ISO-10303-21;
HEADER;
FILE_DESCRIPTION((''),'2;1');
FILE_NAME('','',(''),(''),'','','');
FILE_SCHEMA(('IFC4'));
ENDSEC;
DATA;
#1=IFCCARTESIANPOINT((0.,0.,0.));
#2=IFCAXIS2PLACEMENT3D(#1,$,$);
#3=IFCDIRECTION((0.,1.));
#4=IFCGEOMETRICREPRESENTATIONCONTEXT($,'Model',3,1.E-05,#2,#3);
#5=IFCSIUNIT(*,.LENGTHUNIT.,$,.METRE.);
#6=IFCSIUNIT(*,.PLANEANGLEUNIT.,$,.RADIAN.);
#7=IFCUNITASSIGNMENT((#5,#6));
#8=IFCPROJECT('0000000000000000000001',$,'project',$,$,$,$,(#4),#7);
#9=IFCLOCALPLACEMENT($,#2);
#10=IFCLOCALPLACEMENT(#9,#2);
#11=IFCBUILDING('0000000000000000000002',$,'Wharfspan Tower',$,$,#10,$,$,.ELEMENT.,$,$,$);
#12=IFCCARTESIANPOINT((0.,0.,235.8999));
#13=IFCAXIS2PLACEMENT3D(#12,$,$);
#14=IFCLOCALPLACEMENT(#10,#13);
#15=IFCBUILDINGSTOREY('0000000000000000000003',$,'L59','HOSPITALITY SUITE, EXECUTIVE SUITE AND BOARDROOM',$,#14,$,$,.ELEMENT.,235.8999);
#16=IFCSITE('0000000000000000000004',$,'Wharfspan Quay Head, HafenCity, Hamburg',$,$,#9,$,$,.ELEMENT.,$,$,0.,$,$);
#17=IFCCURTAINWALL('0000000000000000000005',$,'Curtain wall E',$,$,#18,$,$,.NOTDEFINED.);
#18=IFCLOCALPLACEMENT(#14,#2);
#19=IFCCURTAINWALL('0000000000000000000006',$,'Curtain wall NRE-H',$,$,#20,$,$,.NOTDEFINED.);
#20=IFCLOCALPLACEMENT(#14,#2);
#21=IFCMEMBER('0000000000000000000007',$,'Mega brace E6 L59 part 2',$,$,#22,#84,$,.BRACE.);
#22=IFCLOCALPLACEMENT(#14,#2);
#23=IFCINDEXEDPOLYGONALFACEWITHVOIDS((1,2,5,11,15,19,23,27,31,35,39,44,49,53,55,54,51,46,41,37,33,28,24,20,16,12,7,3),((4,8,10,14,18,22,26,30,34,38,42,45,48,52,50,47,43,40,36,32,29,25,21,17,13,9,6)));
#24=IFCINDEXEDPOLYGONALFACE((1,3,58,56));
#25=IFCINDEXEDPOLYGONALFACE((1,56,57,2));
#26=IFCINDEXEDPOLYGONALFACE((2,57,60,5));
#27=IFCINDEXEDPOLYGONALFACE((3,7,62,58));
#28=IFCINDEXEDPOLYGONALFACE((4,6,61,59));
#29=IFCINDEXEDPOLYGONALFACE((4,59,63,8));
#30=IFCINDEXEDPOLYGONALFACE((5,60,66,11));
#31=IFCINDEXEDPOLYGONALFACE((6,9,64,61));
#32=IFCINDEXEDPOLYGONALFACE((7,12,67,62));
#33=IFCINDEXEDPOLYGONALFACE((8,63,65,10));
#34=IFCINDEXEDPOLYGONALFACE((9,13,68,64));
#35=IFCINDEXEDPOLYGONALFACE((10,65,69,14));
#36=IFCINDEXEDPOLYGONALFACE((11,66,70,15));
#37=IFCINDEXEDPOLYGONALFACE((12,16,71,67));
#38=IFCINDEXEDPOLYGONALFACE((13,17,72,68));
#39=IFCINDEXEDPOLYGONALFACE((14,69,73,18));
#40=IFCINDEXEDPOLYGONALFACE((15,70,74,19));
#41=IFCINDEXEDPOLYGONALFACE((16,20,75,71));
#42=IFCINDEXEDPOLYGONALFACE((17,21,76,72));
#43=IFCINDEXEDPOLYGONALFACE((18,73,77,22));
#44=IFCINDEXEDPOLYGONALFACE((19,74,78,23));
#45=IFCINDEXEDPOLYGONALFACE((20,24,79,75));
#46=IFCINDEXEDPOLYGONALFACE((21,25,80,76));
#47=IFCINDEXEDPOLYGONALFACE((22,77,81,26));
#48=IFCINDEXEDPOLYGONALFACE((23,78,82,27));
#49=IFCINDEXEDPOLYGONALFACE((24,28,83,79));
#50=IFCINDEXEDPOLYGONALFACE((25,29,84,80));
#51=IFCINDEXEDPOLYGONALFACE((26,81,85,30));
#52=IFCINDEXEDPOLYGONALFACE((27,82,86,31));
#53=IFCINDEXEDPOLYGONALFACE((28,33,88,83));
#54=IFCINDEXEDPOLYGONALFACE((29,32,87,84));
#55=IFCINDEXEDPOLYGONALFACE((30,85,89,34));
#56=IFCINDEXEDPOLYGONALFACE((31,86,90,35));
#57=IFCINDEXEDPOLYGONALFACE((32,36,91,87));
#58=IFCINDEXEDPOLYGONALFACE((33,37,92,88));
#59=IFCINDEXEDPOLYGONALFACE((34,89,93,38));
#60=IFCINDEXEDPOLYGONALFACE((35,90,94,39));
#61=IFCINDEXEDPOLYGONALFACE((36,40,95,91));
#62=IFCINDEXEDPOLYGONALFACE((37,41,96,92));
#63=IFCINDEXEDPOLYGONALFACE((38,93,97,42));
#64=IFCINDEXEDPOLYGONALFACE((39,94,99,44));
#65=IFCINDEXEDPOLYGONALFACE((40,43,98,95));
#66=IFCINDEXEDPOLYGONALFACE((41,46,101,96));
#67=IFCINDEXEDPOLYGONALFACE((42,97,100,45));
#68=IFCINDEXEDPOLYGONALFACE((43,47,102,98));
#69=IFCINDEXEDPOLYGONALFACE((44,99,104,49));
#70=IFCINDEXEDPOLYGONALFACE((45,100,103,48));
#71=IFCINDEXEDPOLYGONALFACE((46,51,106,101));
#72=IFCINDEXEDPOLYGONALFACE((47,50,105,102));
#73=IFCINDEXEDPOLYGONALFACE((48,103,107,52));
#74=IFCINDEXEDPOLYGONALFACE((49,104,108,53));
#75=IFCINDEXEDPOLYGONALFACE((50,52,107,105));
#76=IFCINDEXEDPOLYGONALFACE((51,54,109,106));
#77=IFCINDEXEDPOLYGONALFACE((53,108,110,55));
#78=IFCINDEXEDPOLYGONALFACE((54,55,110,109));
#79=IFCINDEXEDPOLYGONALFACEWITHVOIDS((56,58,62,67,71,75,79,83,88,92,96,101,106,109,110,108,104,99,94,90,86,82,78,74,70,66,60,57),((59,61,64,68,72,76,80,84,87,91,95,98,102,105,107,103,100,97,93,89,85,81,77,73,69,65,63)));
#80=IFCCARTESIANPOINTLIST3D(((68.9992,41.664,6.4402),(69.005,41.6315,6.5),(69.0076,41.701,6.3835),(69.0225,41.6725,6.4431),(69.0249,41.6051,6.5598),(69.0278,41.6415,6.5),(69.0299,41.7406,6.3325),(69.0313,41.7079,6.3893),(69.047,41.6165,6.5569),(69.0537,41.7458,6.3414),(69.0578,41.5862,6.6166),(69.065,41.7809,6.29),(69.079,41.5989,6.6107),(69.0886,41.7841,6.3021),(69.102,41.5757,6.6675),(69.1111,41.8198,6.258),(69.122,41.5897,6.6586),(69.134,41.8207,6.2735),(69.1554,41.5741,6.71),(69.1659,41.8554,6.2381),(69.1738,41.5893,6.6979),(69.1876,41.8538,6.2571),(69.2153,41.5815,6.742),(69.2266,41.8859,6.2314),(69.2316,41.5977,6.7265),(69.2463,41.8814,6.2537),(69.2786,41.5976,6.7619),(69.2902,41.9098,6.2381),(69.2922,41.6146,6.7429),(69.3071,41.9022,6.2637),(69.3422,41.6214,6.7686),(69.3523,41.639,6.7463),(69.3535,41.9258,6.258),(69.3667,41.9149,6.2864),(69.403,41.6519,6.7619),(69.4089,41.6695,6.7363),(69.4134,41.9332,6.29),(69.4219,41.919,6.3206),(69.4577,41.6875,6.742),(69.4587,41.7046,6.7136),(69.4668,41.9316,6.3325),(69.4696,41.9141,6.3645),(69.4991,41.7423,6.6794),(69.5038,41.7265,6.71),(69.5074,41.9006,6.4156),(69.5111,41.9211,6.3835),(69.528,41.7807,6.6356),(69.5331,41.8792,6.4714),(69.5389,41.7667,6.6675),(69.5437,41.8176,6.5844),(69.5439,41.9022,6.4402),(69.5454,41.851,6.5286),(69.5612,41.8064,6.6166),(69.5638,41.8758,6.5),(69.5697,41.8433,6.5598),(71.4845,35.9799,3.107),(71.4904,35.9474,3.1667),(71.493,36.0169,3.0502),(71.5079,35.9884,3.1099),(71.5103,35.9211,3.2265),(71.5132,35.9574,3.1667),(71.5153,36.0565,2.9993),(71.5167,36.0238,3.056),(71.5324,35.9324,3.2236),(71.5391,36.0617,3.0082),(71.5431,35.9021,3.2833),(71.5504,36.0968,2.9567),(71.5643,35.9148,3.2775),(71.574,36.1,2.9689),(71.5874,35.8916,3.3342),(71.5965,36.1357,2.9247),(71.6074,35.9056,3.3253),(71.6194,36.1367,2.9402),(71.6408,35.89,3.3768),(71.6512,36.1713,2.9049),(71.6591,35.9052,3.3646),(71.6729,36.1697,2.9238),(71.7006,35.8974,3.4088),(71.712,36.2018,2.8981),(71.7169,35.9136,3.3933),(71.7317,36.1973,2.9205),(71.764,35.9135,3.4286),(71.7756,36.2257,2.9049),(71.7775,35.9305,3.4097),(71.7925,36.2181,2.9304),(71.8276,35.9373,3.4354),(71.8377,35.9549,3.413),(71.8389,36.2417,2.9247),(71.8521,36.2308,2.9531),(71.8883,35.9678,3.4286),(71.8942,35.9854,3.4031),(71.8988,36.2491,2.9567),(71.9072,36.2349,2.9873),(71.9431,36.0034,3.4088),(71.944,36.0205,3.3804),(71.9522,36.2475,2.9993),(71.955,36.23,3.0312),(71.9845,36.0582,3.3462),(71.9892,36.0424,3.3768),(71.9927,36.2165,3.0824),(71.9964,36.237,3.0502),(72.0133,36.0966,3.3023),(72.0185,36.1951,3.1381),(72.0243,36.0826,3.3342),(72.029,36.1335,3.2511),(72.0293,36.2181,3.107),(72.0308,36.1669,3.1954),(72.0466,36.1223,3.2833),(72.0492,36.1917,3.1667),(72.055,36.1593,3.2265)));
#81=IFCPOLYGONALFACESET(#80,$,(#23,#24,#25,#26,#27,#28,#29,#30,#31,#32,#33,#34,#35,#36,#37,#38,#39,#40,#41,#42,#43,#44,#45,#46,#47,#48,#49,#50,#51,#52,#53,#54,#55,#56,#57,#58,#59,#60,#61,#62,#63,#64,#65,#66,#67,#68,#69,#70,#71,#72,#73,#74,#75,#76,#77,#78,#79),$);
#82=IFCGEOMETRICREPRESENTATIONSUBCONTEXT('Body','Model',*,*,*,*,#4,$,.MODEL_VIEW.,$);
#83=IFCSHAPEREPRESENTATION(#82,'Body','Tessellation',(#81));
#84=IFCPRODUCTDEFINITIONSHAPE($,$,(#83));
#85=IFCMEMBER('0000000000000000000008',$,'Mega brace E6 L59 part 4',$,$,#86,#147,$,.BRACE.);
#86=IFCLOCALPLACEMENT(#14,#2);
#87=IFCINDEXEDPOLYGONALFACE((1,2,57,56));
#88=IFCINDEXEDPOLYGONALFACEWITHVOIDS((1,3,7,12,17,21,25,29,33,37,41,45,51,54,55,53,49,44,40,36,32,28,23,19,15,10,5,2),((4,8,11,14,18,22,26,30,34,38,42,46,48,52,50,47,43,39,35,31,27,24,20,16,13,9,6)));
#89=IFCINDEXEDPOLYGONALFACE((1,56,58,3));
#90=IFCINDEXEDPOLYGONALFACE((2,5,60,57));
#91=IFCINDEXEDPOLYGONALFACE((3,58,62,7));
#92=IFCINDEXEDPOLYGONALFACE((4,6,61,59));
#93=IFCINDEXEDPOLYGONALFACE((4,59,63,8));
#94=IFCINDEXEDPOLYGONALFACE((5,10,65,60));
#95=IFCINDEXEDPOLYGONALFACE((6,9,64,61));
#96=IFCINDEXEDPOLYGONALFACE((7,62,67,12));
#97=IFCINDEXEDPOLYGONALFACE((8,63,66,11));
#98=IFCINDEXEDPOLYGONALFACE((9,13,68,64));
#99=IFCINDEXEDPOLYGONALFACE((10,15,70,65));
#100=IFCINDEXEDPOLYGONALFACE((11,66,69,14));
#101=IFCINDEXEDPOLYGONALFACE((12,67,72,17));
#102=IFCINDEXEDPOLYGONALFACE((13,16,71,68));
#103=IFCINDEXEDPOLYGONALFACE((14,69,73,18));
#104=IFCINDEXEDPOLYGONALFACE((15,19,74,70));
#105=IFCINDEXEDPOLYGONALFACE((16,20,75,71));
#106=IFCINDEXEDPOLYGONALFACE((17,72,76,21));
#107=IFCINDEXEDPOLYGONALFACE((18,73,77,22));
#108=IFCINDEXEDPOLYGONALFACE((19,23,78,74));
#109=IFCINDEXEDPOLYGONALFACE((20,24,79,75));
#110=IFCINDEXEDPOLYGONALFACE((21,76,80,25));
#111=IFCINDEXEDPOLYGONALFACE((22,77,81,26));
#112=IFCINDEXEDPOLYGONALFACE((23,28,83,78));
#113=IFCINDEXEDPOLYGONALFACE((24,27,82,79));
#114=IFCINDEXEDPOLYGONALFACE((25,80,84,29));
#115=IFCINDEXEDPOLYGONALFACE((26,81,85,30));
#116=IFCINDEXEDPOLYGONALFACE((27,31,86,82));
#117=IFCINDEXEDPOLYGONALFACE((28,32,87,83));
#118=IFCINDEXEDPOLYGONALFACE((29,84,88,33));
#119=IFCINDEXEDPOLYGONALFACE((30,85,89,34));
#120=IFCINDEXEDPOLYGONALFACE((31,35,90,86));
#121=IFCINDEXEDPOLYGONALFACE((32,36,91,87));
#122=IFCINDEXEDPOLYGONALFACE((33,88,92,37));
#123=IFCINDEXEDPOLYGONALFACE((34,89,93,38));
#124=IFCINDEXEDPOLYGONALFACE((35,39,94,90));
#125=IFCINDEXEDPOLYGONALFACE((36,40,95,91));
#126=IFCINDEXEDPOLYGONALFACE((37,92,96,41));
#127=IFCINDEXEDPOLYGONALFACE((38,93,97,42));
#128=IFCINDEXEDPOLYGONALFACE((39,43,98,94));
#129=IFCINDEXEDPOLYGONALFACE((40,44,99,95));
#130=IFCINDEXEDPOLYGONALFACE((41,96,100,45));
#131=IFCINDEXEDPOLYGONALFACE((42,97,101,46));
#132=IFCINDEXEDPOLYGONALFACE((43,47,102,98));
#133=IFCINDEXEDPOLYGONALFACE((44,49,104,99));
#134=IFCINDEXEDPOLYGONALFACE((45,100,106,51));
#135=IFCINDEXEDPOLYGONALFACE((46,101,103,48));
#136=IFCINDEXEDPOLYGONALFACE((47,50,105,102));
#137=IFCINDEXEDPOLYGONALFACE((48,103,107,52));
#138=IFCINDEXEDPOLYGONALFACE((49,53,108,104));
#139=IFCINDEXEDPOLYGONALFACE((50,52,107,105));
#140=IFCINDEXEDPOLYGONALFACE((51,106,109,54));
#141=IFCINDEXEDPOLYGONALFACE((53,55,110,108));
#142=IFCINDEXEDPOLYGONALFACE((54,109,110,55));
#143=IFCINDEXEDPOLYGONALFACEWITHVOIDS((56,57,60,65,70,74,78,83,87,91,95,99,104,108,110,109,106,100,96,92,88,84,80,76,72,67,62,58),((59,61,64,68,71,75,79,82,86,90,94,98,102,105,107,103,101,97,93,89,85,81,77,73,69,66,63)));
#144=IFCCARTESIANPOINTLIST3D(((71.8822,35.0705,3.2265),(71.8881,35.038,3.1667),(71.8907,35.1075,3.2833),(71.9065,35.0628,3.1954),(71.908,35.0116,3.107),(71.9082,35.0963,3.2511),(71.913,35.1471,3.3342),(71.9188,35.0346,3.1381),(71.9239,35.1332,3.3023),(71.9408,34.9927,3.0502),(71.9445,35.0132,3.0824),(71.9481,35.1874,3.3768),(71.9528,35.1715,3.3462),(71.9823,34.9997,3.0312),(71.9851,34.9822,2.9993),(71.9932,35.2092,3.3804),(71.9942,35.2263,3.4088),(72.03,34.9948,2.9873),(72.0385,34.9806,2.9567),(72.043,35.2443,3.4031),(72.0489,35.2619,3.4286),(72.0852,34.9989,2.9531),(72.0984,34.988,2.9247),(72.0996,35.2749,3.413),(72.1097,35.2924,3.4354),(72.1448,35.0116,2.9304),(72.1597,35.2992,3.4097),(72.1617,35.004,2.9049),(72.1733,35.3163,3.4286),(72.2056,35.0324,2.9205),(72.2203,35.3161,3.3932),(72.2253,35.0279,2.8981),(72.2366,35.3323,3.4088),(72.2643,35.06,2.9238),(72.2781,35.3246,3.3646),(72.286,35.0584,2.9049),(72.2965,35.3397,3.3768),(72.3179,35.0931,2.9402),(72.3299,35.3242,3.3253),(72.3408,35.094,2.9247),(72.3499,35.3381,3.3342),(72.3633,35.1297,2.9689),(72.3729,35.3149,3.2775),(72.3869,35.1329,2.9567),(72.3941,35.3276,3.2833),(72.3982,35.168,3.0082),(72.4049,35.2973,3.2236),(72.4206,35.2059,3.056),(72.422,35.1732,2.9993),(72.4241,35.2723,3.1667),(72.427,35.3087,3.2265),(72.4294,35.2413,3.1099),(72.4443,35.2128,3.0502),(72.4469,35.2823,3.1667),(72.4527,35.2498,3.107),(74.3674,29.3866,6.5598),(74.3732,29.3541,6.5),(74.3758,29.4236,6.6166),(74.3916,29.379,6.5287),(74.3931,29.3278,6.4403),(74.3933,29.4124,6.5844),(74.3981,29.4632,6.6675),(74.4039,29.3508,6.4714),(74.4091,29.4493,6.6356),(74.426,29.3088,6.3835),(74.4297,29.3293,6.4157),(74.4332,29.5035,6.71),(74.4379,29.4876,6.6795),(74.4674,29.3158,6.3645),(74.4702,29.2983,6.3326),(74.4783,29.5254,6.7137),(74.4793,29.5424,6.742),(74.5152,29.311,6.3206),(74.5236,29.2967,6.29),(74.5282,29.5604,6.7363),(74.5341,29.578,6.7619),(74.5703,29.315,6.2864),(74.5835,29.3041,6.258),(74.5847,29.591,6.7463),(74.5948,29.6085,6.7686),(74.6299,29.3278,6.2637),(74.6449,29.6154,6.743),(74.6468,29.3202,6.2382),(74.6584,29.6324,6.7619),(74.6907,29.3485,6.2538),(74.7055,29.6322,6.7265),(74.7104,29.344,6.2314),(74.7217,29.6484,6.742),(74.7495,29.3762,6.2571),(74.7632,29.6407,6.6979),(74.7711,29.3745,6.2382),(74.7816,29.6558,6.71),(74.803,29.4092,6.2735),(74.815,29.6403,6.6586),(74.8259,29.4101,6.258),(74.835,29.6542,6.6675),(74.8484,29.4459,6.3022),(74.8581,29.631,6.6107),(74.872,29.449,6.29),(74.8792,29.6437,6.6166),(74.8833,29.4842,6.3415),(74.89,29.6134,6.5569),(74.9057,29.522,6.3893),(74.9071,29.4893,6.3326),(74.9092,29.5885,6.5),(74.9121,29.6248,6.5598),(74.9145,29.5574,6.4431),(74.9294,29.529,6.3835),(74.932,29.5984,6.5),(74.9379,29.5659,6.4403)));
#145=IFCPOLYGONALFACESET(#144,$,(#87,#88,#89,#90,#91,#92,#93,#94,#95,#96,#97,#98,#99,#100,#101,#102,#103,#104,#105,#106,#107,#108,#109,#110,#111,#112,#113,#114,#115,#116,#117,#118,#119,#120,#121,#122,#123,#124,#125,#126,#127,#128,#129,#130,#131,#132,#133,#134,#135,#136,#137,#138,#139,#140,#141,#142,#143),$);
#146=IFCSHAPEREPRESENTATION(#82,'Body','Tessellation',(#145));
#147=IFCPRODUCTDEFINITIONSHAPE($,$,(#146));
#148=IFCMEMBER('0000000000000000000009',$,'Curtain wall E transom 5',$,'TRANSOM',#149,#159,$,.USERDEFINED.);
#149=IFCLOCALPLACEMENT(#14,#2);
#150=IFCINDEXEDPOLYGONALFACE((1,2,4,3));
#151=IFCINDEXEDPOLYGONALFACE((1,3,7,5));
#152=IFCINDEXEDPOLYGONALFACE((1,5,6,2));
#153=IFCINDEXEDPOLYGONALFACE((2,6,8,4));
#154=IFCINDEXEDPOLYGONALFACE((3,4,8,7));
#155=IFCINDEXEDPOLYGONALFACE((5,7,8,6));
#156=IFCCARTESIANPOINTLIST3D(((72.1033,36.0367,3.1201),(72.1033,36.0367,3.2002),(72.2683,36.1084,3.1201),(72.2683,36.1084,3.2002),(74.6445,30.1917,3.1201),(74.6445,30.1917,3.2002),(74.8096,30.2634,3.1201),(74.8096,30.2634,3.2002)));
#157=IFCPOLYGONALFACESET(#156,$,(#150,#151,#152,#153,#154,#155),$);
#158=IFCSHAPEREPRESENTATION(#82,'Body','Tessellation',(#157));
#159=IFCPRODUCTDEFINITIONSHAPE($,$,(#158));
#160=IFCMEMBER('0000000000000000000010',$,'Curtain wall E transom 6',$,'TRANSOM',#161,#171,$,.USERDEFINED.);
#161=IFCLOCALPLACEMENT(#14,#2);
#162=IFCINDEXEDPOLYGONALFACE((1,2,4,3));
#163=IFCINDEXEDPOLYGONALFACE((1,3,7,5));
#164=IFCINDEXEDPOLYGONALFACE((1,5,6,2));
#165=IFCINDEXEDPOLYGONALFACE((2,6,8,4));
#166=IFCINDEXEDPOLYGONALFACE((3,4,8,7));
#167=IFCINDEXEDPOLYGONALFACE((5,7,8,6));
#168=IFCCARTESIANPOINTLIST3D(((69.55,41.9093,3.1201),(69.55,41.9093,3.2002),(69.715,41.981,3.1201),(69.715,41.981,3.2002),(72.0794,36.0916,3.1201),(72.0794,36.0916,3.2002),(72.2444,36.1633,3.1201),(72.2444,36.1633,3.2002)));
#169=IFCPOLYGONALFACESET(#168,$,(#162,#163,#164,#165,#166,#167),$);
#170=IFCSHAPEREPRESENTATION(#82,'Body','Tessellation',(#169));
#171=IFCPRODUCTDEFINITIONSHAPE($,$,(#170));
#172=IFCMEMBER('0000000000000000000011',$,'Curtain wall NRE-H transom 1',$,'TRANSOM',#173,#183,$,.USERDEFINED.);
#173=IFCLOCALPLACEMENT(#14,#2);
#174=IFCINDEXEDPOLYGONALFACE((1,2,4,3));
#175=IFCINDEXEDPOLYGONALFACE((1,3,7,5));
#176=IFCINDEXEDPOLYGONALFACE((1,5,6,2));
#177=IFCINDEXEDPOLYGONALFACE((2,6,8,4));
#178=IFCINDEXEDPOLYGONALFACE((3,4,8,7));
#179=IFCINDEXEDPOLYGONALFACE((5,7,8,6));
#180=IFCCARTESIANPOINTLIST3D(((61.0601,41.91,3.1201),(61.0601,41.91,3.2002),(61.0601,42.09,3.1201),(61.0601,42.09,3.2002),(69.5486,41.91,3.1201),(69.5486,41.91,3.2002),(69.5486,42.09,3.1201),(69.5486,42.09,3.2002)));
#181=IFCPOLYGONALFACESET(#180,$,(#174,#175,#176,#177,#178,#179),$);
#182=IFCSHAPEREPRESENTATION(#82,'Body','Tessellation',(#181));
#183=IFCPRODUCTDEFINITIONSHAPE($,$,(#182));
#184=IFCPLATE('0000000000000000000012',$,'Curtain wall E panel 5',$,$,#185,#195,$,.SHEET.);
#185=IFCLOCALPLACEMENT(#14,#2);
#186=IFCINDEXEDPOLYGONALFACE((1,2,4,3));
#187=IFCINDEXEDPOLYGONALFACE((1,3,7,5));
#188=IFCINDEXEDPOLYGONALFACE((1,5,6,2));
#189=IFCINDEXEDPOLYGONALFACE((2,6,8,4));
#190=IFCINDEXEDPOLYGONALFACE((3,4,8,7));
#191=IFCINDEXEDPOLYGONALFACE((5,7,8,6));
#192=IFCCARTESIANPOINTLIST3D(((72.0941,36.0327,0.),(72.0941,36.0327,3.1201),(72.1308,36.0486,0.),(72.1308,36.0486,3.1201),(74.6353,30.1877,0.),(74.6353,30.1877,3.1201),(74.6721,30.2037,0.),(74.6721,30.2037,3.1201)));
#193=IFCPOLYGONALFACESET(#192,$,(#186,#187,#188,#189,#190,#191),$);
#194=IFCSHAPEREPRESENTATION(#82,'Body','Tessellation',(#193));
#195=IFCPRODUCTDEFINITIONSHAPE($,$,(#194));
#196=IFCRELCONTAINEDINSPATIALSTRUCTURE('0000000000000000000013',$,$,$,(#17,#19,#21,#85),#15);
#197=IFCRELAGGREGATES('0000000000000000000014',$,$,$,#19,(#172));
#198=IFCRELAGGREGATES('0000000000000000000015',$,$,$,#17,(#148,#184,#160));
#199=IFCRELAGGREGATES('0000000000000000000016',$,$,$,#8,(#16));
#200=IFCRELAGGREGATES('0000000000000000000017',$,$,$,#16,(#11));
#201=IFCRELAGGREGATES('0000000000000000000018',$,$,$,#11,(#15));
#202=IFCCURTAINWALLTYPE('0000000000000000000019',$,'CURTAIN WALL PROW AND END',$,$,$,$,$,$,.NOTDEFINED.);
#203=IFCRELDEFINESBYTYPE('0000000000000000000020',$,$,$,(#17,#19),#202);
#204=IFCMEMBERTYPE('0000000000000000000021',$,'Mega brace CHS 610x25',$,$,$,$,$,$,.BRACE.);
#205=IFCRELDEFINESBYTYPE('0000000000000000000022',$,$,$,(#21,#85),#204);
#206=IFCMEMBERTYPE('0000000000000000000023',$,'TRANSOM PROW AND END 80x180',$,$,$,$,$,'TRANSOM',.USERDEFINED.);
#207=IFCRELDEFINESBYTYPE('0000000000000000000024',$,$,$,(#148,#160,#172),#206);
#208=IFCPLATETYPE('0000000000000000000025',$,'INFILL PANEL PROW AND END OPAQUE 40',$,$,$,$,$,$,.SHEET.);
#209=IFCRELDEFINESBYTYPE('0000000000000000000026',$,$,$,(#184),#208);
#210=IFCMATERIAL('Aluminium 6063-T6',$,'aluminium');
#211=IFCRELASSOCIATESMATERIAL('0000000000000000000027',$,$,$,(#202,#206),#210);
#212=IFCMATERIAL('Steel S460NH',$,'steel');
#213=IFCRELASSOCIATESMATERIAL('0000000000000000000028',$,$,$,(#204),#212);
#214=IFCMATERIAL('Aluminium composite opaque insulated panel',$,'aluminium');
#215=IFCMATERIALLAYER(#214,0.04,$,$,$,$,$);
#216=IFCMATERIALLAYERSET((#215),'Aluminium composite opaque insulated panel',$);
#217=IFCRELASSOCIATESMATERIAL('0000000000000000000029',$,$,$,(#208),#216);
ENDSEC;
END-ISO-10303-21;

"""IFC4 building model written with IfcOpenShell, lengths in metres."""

from ifc_helpers import new_model, si_unit, direction, frame, origin, origin_2d, place, context, subcontext, project, spatial, rectangle, hollow_circle, extrude, material, layer, layer_set, material_profile, profile_set, type_object, element, aggregate, save


model = new_model("IFC4")

# Units and contexts
model_context = context("Model", 3, precision=1e-05, world=origin(), true_north=direction((0.0, 1.0)))
body_context = subcontext(model_context, "Body", "Model", "MODEL_VIEW")
ifc_project = project(units=[si_unit("LENGTHUNIT", "METRE"), si_unit("PLANEANGLEUNIT", "RADIAN")], contexts=[model_context])

# Site, building, storey
site_placement = place(None, origin())
site = spatial("IfcSite", under=ifc_project, at=site_placement, Name="Wharfspan Quay Head, HafenCity, Hamburg", CompositionType="ELEMENT", RefElevation=0.0)
building_placement = place(site_placement, origin())
building = spatial("IfcBuilding", under=site, at=building_placement, Name="Wharfspan Tower", CompositionType="ELEMENT")
storey_placement = place(building_placement, frame((0.0, 0.0, 235.8999)))
storey = spatial("IfcBuildingStorey", under=building, at=storey_placement, Name="L59", Description="HOSPITALITY SUITE, EXECUTIVE SUITE AND BOARDROOM", CompositionType="ELEMENT", Elevation=235.8999)

# Curtain wall
ifc_material_1 = material(Name="Aluminium 6063-T6", Category="aluminium")
curtain_wall_type = type_object("IfcCurtainWallType", Name="CURTAIN WALL PROW AND END", PredefinedType="NOTDEFINED", material=ifc_material_1)
curtain_wall_1_placement = place(storey_placement, origin())
curtain_wall_1 = element("IfcCurtainWall", 1, at=curtain_wall_1_placement, inside=storey, type_object=curtain_wall_type, Name="Curtain wall E", PredefinedType="NOTDEFINED")

# Curtain wall
curtain_wall_2_placement = place(storey_placement, origin())
curtain_wall_2 = element("IfcCurtainWall", 2, at=curtain_wall_2_placement, inside=storey, type_object=curtain_wall_type, Name="Curtain wall NRE-H", PredefinedType="NOTDEFINED")

# Members
ifc_material_2 = material(Name="Steel S460NH", Category="steel")
ifc_material_profile_1 = material_profile(ifc_material_2, hollow_circle(Radius=0.3049, WallThickness=0.0249, at=origin_2d()))
ifc_profile_set_1 = profile_set([ifc_material_profile_1], Name="Steel S460NH")
member_type_1 = type_object("IfcMemberType", Name="Mega brace CHS 610x25", PredefinedType="BRACE", material=ifc_profile_set_1)
member_1_placement = place(storey_placement, frame((71.7698, 36.0696, 3.1667), z_axis=(-0.352909, 0.807115, 0.473307), x_axis=(-0.916238, -0.400621, -0.000003)))
element("IfcMember", 3, at=member_1_placement, inside=storey, type_object=member_type_1, Name="Mega brace E6 L59 part 2", PredefinedType="BRACE", context=body_context, shape_type="SweptSolid", body=[
    extrude(hollow_circle(Radius=0.3049, WallThickness=0.0249, at=origin_2d()), origin(), (0.0, 0.0, 1.0), 7.0425),
])
member_2_placement = place(storey_placement, frame((72.1675, 35.1602, 3.1667), z_axis=(0.352889, -0.807113, 0.473327), x_axis=(0.916248, 0.400606, 0.000001)))
element("IfcMember", 4, at=member_2_placement, inside=storey, type_object=member_type_1, Name="Mega brace E6 L59 part 4", PredefinedType="BRACE", context=body_context, shape_type="SweptSolid", body=[
    extrude(hollow_circle(Radius=0.3049, WallThickness=0.0249, at=origin_2d()), origin(), (0.0, 0.0, 1.0), 7.0422),
])

# Members
ifc_material_profile_2 = material_profile(ifc_material_1, rectangle(XDim=0.1799, YDim=0.0801, at=origin_2d()))
ifc_profile_set_2 = profile_set([ifc_material_profile_2], Name="Aluminium 6063-T6")
member_type_2 = type_object("IfcMemberType", Name="TRANSOM PROW AND END 80x180", ElementType="TRANSOM", PredefinedType="USERDEFINED", material=ifc_profile_set_2)
member_3_placement = place(storey_placement, frame((74.7271, 30.2275, 3.1602), z_axis=(-0.398722, 0.917072, 0.0), x_axis=(-0.917072, -0.398722, 0.0)))
member_3 = element("IfcMember", 5, at=member_3_placement, type_object=member_type_2, Name="Curtain wall E transom 5", ObjectType="TRANSOM", PredefinedType="USERDEFINED", context=body_context, shape_type="SweptSolid", body=[
    extrude(rectangle(XDim=0.1799, YDim=0.0801, at=origin_2d()), origin(), (0.0, 0.0, 1.0), 6.3735),
])
member_4_placement = place(storey_placement, frame((72.1619, 36.1274, 3.1602), z_axis=(-0.398712, 0.917076, 0.0), x_axis=(-0.917076, -0.398712, 0.0)))
member_4 = element("IfcMember", 6, at=member_4_placement, type_object=member_type_2, Name="Curtain wall E transom 6", ObjectType="TRANSOM", PredefinedType="USERDEFINED", context=body_context, shape_type="SweptSolid", body=[
    extrude(rectangle(XDim=0.1799, YDim=0.0801, at=origin_2d()), origin(), (0.0, 0.0, 1.0), 6.3438),
])
member_5_placement = place(storey_placement, frame((69.5486, 42.0, 3.1602), z_axis=(-1.0, 0.0, 0.0), x_axis=(0.0, -1.0, 0.0)))
member_5 = element("IfcMember", 7, at=member_5_placement, type_object=member_type_2, Name="Curtain wall NRE-H transom 1", ObjectType="TRANSOM", PredefinedType="USERDEFINED", context=body_context, shape_type="SweptSolid", body=[
    extrude(rectangle(XDim=0.1799, YDim=0.0801, at=origin_2d()), origin(), (0.0, 0.0, 1.0), 8.4885),
])
aggregate(curtain_wall_2, [member_5])

# Plate
ifc_material_3 = material(Name="Aluminium composite opaque insulated panel", Category="aluminium")
ifc_layer_1 = layer(ifc_material_3, 0.04)
ifc_layer_set_1 = layer_set([ifc_layer_1], Name="Aluminium composite opaque insulated panel")
plate_type = type_object("IfcPlateType", Name="INFILL PANEL PROW AND END OPAQUE 40", PredefinedType="SHEET", material=ifc_layer_set_1)
plate_1_placement = place(storey_placement, frame((73.3831, 33.1182, 0.0), z_axis=(0.0, 0.0, 1.0), x_axis=(-0.398727, 0.917072, 0.0)))
plate_1 = element("IfcPlate", 8, at=plate_1_placement, type_object=plate_type, Name="Curtain wall E panel 5", PredefinedType="SHEET", context=body_context, shape_type="SweptSolid", body=[
    extrude(rectangle(XDim=6.3735, YDim=0.04, at=origin_2d()), origin(), (0.0, 0.0, 1.0), 3.1201),
])
aggregate(curtain_wall_1, [member_3, plate_1, member_4])

save(model, "model.ifc")
